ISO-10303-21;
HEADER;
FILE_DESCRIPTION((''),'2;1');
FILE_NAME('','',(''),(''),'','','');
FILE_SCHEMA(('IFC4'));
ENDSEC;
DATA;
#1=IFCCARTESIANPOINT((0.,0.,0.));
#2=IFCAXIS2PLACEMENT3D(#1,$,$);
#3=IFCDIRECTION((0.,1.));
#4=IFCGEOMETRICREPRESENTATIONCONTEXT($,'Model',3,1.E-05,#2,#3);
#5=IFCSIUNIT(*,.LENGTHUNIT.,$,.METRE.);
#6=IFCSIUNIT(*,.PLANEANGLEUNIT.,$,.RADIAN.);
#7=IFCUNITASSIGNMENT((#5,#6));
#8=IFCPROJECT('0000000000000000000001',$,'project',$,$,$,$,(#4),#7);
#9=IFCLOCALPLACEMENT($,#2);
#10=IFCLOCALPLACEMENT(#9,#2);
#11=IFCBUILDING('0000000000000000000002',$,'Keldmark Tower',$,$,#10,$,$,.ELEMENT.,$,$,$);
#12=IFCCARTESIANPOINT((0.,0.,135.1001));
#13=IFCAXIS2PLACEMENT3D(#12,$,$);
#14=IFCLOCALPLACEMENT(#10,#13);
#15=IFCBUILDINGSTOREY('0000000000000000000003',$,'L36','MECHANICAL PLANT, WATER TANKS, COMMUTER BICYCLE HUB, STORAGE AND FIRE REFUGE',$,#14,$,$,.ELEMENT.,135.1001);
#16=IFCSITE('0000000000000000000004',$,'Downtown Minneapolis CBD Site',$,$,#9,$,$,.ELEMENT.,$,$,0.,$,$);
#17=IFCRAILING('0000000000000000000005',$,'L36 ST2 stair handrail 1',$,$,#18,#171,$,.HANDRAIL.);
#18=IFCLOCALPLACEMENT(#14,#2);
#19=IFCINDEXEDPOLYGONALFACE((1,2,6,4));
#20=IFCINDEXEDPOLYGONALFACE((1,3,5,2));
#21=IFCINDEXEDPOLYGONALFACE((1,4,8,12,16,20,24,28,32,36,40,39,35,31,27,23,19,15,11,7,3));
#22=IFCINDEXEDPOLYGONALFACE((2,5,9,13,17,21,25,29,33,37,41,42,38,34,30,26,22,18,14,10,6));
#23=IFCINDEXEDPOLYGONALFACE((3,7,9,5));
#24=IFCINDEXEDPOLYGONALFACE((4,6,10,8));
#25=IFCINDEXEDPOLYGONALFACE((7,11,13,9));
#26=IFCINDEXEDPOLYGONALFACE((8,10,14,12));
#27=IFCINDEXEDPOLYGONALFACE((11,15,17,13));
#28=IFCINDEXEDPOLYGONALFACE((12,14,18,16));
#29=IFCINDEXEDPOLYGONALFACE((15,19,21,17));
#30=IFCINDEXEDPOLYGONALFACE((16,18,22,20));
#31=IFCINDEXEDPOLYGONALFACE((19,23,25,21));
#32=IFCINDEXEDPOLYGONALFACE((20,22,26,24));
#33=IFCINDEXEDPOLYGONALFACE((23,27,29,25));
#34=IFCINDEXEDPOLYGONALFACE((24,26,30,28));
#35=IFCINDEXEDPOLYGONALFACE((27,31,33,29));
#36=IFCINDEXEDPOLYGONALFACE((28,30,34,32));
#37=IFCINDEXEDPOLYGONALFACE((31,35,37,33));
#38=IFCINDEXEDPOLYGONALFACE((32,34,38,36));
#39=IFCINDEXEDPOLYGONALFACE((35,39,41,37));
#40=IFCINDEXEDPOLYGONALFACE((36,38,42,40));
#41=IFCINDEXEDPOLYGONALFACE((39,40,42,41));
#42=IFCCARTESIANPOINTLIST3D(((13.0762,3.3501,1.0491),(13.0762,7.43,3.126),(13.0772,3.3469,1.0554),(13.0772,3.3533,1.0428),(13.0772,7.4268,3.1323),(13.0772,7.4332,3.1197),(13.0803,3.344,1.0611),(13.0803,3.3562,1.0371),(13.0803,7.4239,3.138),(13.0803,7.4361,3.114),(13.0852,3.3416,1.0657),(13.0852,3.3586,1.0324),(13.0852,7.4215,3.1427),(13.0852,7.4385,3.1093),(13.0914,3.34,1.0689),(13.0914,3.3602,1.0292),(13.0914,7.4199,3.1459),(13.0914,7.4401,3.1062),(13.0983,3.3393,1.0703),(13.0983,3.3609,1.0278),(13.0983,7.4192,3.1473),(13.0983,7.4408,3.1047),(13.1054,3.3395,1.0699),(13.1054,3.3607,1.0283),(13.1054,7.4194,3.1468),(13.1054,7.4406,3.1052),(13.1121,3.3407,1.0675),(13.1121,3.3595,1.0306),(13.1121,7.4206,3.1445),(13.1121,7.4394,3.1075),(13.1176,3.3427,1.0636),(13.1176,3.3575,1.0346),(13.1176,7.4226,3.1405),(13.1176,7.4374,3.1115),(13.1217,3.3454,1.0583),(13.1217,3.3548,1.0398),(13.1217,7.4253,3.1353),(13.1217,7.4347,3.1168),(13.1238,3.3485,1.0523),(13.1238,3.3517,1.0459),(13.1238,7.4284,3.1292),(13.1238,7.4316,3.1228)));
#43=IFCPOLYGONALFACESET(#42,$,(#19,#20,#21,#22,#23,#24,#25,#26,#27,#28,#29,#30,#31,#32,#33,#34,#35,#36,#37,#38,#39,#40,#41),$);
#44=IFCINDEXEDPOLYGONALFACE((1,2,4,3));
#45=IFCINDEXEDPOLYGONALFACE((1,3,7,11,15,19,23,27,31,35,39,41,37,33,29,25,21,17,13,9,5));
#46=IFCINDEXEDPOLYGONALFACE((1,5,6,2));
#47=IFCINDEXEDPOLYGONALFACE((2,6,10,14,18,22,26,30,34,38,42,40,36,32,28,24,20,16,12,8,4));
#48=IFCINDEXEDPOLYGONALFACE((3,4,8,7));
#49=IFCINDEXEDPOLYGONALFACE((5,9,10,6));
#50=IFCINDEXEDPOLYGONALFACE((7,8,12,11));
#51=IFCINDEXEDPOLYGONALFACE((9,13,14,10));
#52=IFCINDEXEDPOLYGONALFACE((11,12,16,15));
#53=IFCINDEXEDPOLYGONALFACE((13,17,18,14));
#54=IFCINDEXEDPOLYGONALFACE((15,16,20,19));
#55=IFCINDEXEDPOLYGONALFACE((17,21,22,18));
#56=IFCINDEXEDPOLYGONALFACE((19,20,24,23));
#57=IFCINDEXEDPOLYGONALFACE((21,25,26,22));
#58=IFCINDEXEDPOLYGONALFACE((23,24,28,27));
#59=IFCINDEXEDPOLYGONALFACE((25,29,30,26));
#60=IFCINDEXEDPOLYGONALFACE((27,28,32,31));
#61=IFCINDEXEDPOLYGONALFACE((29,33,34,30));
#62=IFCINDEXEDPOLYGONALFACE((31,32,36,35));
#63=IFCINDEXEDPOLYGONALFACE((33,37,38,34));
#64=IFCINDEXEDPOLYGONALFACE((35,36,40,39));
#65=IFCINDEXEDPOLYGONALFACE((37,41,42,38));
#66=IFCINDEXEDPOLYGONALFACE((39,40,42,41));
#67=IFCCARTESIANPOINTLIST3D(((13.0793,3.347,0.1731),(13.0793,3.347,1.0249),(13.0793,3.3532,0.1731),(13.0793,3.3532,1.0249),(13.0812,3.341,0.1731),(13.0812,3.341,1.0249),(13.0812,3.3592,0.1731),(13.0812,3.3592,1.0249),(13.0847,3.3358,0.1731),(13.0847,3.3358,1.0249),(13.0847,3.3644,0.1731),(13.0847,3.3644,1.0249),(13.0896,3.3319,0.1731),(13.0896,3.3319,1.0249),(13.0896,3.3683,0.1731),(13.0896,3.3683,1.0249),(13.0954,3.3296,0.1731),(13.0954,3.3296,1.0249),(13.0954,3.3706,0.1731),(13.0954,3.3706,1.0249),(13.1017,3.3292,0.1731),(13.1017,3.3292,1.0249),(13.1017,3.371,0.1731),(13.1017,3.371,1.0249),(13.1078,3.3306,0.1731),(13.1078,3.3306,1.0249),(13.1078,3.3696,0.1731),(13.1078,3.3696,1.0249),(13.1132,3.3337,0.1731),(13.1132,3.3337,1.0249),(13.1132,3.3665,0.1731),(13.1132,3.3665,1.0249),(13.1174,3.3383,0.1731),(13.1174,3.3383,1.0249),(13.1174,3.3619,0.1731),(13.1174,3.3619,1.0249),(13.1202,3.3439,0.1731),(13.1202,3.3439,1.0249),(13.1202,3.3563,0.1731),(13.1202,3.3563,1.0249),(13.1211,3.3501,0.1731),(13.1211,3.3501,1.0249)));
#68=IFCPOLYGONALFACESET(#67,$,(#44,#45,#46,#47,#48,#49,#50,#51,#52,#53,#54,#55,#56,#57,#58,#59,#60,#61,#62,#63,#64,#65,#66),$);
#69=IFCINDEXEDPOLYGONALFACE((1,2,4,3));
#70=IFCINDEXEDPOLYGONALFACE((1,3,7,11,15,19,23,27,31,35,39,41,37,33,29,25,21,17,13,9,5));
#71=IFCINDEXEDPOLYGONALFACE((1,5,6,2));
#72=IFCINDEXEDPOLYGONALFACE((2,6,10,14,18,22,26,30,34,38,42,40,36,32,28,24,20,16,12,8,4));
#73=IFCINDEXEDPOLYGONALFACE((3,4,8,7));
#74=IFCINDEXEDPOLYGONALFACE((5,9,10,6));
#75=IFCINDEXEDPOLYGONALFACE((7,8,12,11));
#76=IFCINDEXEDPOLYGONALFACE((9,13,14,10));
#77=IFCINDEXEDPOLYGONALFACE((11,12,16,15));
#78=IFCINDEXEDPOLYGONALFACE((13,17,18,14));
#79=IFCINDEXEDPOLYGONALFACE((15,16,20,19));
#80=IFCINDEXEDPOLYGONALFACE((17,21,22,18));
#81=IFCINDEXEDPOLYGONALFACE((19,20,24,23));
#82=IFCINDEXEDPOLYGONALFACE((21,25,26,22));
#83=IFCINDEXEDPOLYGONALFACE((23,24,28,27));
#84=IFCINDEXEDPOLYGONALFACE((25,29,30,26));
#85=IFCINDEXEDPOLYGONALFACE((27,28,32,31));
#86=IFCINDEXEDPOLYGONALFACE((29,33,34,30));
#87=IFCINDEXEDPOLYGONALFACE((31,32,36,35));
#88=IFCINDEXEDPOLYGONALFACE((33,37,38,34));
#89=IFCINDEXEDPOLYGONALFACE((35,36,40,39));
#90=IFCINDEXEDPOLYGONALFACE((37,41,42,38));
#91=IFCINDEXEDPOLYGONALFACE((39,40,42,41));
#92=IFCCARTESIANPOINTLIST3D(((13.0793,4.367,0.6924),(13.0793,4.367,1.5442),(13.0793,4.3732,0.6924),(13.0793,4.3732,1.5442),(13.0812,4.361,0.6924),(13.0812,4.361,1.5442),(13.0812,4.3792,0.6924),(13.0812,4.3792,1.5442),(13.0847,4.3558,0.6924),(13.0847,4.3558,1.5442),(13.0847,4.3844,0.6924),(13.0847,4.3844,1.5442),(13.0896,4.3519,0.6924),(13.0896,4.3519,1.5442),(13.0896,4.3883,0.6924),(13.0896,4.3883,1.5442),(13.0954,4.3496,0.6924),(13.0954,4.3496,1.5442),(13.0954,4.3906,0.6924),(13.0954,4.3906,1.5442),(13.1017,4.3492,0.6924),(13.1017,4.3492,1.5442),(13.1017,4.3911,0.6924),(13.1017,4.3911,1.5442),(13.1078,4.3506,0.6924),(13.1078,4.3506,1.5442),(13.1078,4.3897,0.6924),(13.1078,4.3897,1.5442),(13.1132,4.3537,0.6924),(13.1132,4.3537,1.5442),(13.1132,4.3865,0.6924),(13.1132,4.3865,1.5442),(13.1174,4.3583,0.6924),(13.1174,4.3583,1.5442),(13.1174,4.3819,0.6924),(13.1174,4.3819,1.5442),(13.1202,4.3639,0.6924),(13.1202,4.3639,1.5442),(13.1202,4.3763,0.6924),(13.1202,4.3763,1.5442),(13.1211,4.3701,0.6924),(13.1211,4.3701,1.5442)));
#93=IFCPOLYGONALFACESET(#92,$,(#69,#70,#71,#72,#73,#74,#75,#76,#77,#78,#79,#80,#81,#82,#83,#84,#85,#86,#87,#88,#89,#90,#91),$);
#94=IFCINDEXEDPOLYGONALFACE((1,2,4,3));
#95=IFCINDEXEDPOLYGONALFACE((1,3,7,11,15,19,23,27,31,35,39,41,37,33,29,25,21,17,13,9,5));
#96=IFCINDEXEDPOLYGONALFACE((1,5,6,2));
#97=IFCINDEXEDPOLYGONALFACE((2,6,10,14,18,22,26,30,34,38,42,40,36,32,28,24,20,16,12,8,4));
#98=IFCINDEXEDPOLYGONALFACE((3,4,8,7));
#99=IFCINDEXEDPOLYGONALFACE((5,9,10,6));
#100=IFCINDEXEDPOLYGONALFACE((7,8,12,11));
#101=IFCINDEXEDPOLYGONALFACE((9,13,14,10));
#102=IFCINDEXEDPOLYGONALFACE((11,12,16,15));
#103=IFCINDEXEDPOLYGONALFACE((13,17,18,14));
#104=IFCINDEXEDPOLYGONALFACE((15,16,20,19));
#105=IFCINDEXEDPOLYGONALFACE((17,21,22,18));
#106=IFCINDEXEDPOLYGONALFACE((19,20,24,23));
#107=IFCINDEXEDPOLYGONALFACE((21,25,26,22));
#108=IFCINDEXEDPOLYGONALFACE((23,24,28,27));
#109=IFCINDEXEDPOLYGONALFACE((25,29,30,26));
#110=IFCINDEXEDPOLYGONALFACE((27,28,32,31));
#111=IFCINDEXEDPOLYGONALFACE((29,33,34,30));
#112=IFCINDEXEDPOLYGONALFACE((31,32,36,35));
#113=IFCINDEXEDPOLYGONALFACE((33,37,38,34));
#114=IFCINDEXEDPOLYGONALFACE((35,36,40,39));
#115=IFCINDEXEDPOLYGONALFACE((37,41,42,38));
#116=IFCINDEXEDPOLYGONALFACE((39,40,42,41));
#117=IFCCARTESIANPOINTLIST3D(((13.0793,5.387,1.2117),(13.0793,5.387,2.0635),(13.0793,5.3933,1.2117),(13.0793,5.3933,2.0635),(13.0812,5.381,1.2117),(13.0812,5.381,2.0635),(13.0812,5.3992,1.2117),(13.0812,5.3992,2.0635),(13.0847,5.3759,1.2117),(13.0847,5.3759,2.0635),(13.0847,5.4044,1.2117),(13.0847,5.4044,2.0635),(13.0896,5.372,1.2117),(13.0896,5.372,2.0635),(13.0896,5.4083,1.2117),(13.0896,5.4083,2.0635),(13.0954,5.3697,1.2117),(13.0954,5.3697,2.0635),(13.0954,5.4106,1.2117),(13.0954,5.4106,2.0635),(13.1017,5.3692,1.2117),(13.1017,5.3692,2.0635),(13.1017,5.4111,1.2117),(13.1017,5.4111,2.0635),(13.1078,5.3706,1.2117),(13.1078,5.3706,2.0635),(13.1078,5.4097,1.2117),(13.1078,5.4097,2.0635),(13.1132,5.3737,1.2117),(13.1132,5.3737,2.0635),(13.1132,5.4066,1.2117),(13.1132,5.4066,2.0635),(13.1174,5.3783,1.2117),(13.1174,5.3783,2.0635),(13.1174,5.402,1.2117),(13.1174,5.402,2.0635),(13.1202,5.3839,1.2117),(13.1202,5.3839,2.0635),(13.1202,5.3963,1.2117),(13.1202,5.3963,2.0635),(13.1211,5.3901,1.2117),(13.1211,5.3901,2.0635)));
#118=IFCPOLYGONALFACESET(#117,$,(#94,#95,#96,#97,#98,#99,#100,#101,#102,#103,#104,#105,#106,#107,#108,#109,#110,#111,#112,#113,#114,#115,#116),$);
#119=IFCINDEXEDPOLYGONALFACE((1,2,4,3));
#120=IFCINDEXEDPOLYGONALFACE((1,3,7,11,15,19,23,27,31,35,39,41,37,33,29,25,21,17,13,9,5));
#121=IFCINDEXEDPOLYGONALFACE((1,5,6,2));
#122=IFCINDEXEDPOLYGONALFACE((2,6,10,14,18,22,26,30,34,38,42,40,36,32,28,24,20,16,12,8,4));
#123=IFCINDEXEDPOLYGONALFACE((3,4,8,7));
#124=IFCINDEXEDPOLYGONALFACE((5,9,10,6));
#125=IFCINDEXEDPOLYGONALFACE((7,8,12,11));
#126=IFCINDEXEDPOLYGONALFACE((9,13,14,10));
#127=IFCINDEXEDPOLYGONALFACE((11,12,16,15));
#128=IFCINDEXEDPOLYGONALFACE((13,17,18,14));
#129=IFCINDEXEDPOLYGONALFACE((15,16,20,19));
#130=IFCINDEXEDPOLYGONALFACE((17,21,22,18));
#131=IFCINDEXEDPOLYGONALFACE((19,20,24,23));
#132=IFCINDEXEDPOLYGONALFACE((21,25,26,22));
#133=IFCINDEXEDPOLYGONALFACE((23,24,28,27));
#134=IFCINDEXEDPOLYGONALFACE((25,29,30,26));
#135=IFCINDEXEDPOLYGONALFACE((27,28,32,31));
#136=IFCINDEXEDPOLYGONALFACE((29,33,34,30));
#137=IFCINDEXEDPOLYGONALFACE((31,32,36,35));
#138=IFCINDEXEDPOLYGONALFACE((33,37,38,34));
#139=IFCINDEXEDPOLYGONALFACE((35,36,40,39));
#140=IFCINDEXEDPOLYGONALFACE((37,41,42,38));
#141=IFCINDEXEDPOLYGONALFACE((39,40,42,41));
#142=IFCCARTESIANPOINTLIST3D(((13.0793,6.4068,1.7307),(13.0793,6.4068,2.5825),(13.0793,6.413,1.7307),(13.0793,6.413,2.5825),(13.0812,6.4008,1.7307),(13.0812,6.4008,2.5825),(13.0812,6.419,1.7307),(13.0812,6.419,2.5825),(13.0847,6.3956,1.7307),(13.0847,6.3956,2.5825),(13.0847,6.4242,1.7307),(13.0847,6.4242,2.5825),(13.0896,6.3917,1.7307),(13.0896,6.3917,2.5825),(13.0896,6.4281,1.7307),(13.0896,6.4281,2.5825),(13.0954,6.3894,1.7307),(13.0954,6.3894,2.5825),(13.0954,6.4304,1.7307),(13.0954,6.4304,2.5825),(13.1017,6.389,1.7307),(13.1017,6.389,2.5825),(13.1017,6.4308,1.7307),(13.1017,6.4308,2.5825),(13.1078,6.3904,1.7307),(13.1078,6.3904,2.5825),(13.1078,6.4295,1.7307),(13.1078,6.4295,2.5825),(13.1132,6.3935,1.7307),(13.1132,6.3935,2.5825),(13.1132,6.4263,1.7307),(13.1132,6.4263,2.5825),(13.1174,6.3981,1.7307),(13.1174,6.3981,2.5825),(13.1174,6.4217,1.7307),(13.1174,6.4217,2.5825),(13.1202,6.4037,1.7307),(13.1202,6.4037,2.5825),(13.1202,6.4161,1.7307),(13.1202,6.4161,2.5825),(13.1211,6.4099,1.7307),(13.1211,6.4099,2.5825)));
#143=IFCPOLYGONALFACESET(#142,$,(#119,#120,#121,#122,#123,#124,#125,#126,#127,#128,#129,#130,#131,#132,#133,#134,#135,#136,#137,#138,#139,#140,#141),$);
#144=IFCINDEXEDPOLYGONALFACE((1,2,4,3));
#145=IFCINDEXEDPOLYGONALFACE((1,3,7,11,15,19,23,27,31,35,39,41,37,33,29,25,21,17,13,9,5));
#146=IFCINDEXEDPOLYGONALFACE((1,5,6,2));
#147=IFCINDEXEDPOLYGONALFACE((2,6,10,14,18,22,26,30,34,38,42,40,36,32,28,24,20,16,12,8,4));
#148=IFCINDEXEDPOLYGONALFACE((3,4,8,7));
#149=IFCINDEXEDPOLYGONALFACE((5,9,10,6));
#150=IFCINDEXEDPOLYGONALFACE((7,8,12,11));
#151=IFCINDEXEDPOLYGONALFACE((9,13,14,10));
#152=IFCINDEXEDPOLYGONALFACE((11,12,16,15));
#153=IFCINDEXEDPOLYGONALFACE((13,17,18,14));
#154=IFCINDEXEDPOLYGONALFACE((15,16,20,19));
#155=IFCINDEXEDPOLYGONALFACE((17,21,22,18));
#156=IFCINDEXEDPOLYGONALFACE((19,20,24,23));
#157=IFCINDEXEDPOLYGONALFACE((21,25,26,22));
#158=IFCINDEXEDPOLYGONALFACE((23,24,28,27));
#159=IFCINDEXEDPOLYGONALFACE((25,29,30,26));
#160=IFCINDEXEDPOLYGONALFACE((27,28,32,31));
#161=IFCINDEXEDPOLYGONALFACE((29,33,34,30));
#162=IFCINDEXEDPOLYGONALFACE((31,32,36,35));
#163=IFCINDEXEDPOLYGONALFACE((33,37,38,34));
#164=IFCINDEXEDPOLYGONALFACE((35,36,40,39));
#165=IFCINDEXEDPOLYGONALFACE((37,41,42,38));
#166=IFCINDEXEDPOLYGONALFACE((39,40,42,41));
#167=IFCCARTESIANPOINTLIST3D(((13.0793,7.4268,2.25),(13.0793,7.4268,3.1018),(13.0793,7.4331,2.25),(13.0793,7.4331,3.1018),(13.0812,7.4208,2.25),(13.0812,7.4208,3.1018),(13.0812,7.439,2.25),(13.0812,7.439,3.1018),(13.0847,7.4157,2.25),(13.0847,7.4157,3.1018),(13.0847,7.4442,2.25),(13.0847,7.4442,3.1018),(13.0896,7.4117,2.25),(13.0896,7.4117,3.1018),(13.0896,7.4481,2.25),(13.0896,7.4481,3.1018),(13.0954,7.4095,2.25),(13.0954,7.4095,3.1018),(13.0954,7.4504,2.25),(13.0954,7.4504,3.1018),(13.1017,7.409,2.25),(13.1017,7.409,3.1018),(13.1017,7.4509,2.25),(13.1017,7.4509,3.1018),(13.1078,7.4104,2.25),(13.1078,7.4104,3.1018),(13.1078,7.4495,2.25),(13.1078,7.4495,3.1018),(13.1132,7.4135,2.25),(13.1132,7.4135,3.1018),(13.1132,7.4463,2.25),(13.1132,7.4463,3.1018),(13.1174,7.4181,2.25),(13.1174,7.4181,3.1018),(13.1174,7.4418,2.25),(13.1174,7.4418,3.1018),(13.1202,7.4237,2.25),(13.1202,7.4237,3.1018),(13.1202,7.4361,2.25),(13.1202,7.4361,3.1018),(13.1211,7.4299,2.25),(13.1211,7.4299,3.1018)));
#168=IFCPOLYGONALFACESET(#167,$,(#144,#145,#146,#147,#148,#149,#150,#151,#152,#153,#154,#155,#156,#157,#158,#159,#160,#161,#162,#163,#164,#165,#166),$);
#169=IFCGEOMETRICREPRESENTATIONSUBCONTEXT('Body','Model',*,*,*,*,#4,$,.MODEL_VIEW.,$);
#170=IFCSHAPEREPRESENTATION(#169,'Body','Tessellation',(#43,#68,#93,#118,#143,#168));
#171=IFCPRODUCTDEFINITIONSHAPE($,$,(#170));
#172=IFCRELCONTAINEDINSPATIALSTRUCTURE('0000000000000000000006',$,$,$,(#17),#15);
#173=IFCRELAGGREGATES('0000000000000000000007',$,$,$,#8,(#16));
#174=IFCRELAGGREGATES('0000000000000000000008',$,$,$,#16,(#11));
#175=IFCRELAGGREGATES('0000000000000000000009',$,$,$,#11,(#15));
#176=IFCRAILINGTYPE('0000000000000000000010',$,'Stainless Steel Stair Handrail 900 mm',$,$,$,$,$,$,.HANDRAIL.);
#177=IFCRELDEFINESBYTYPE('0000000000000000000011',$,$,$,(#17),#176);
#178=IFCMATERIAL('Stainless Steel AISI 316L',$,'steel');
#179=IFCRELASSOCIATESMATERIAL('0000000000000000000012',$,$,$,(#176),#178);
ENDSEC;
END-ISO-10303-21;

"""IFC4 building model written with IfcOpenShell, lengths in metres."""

from ifc_helpers import new_model, si_unit, direction, frame, origin, origin_2d, place, context, subcontext, project, spatial, circle, extrude, material, type_object, element, save


model = new_model("IFC4")

# Units and contexts
model_context = context("Model", 3, precision=1e-05, world=origin(), true_north=direction((0.0, 1.0)))
body_context = subcontext(model_context, "Body", "Model", "MODEL_VIEW")
ifc_project = project(units=[si_unit("LENGTHUNIT", "METRE"), si_unit("PLANEANGLEUNIT", "RADIAN")], contexts=[model_context])

# Site, building, storey
site_placement = place(None, origin())
site = spatial("IfcSite", under=ifc_project, at=site_placement, Name="Downtown Minneapolis CBD Site", CompositionType="ELEMENT", RefElevation=0.0)
building_placement = place(site_placement, origin())
building = spatial("IfcBuilding", under=site, at=building_placement, Name="Keldmark Tower", CompositionType="ELEMENT")
storey_placement = place(building_placement, frame((0.0, 0.0, 135.1001)))
storey = spatial("IfcBuildingStorey", under=building, at=storey_placement, Name="L36", Description="MECHANICAL PLANT, WATER TANKS, COMMUTER BICYCLE HUB, STORAGE AND FIRE REFUGE", CompositionType="ELEMENT", Elevation=135.1001)

# Railing
ifc_material_1 = material(Name="Stainless Steel AISI 316L", Category="steel")
railing_type_1 = type_object("IfcRailingType", Name="Stainless Steel Stair Handrail 900 mm", PredefinedType="HANDRAIL", material=ifc_material_1)
railing_1_placement = place(storey_placement, frame((13.1001, 3.3501, 0.1731)))
element("IfcRailing", 1, at=railing_1_placement, inside=storey, type_object=railing_type_1, Name="L36 ST2 stair handrail 1", PredefinedType="HANDRAIL", context=body_context, shape_type="SweptSolid", body=[
    extrude(circle(Radius=0.0239, at=origin_2d()), frame((0.0, 0.0, 0.876), z_axis=(0.0, 0.891172, 0.453665), x_axis=(-1.0, 0.0, 0.0)), (0.0, 0.0, 1.0), 4.5781),
    extrude(circle(Radius=0.021, at=origin_2d()), origin(), (0.0, 0.0, 1.0), 0.8518),
    extrude(circle(Radius=0.021, at=origin_2d()), frame((0.0, 1.02, 0.5193)), (0.0, 0.0, 1.0), 0.8518),
    extrude(circle(Radius=0.021, at=origin_2d()), frame((0.0, 2.04, 1.0386)), (0.0, 0.0, 1.0), 0.8518),
    extrude(circle(Radius=0.021, at=origin_2d()), frame((0.0, 3.0598, 1.5576)), (0.0, 0.0, 1.0), 0.8518),
    extrude(circle(Radius=0.021, at=origin_2d()), frame((0.0, 4.0798, 2.0769)), (0.0, 0.0, 1.0), 0.8518),
])

save(model, "model.ifc")
